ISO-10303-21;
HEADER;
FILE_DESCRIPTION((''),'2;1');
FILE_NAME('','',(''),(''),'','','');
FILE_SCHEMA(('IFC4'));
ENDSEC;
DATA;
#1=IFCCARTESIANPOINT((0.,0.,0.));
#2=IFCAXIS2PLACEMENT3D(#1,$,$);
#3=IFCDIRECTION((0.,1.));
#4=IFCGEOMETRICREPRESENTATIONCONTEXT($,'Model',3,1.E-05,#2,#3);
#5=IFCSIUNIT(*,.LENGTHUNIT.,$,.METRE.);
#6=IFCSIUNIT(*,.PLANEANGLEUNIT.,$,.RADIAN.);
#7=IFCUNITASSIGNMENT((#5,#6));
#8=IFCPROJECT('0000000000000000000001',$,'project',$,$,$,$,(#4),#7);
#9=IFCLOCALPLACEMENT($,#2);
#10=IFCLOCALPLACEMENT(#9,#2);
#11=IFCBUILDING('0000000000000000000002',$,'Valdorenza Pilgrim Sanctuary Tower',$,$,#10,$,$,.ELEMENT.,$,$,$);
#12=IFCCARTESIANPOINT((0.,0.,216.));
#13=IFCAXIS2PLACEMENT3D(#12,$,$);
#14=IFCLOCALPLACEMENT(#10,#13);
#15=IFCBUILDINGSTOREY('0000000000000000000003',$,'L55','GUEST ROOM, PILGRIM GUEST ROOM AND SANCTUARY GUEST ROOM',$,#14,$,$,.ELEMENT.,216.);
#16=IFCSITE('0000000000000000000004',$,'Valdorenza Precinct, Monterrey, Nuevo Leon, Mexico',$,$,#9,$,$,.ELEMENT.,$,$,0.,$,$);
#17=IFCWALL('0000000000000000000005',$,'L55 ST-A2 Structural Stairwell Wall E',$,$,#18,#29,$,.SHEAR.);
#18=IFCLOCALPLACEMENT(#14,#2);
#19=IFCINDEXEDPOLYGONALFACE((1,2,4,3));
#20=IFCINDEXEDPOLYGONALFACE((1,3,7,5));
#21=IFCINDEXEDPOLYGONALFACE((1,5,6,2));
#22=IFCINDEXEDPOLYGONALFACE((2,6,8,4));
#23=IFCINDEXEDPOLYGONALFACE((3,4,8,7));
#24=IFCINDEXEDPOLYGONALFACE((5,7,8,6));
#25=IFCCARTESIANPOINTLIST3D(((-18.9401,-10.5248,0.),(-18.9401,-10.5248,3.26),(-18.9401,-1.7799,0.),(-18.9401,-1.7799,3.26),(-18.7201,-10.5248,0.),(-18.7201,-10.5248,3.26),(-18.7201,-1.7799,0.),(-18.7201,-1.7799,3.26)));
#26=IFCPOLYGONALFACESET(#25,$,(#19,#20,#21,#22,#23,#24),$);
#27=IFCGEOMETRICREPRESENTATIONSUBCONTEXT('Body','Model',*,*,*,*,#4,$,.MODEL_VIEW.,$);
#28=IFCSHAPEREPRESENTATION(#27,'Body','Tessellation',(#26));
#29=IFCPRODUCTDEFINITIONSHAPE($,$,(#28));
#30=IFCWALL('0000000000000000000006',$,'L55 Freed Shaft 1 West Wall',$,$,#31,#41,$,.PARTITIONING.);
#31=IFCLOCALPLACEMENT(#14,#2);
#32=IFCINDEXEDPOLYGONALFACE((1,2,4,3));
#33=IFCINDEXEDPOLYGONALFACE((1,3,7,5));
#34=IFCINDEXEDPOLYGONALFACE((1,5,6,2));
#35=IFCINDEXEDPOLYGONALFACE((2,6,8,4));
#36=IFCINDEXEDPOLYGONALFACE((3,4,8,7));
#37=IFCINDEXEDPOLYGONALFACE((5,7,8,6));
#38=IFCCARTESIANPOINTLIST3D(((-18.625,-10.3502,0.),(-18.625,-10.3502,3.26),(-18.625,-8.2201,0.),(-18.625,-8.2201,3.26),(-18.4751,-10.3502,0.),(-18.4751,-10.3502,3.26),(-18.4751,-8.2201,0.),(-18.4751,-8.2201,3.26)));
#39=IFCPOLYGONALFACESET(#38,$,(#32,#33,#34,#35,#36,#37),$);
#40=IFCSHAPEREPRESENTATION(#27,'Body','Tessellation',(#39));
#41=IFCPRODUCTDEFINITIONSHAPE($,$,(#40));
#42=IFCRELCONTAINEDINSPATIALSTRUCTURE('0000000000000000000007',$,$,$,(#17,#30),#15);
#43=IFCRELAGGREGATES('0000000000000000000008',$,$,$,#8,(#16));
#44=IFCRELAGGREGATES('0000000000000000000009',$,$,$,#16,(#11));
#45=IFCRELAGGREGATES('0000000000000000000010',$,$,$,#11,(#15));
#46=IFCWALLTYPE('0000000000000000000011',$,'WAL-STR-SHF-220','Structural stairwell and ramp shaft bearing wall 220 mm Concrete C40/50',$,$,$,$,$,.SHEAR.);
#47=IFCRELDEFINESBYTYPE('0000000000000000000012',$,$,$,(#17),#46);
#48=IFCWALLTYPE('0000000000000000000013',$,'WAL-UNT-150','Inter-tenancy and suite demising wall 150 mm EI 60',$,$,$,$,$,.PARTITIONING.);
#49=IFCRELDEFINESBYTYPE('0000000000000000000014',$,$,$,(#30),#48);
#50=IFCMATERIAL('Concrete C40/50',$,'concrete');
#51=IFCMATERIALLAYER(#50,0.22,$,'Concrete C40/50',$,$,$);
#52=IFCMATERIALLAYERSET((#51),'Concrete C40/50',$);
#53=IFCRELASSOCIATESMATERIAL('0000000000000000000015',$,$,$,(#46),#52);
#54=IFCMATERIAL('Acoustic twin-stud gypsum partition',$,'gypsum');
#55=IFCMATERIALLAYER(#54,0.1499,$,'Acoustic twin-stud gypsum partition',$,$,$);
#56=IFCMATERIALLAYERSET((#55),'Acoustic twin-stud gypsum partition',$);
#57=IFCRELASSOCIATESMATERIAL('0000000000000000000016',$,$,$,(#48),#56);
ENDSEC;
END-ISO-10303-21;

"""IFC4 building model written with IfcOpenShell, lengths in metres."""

from ifc_helpers import new_model, si_unit, direction, frame, frame_2d, origin, place, context, subcontext, project, spatial, rectangle, extrude, material, layer, layer_set, type_object, element, save


model = new_model("IFC4")

# Units and contexts
model_context = context("Model", 3, precision=1e-05, world=origin(), true_north=direction((0.0, 1.0)))
body_context = subcontext(model_context, "Body", "Model", "MODEL_VIEW")
ifc_project = project(units=[si_unit("LENGTHUNIT", "METRE"), si_unit("PLANEANGLEUNIT", "RADIAN")], contexts=[model_context])

# Site, building, storey
site_placement = place(None, origin())
site = spatial("IfcSite", under=ifc_project, at=site_placement, Name="Valdorenza Precinct, Monterrey, Nuevo Leon, Mexico", CompositionType="ELEMENT", RefElevation=0.0)
building_placement = place(site_placement, origin())
building = spatial("IfcBuilding", under=site, at=building_placement, Name="Valdorenza Pilgrim Sanctuary Tower", CompositionType="ELEMENT")
storey_placement = place(building_placement, frame((0.0, 0.0, 216.0)))
storey = spatial("IfcBuildingStorey", under=building, at=storey_placement, Name="L55", Description="GUEST ROOM, PILGRIM GUEST ROOM AND SANCTUARY GUEST ROOM", CompositionType="ELEMENT", Elevation=216.0)

# Shared definitions
ifc_material_1 = material(Name="Acoustic twin-stud gypsum partition", Category="gypsum")

# Walls
ifc_material_2 = material(Name="Concrete C40/50", Category="concrete")
ifc_layer_1 = layer(ifc_material_2, 0.22, Name="Concrete C40/50")
ifc_layer_set_1 = layer_set([ifc_layer_1], Name="Concrete C40/50")
wall_type_1 = type_object("IfcWallType", Name="WAL-STR-SHF-220", Description="Structural stairwell and ramp shaft bearing wall 220 mm Concrete C40/50", PredefinedType="SHEAR", material=ifc_layer_set_1)
wall_1_placement = place(storey_placement, frame((-18.8301, -10.5249, 0.0), z_axis=(0.0, 0.0, 1.0), x_axis=(0.0, 1.0, 0.0)))
element("IfcWall", 1, at=wall_1_placement, inside=storey, type_object=wall_type_1, Name="L55 ST-A2 Structural Stairwell Wall E", PredefinedType="SHEAR", context=body_context, shape_type="SweptSolid", body=[
    extrude(rectangle(XDim=8.7449, YDim=0.22, at=frame_2d((4.3726, 0.0))), origin(), (0.0, 0.0, 1.0), 3.26),
])
ifc_layer_2 = layer(ifc_material_1, 0.1499, Name="Acoustic twin-stud gypsum partition")
ifc_layer_set_2 = layer_set([ifc_layer_2], Name="Acoustic twin-stud gypsum partition")
wall_type_2 = type_object("IfcWallType", Name="WAL-UNT-150", Description="Inter-tenancy and suite demising wall 150 mm EI 60", PredefinedType="PARTITIONING", material=ifc_layer_set_2)
wall_2_placement = place(storey_placement, frame((-18.55, -10.3501, 0.0), z_axis=(0.0, 0.0, 1.0), x_axis=(0.0, 1.0, 0.0)))
element("IfcWall", 2, at=wall_2_placement, inside=storey, type_object=wall_type_2, Name="L55 Freed Shaft 1 West Wall", PredefinedType="PARTITIONING", context=body_context, shape_type="SweptSolid", body=[
    extrude(rectangle(XDim=2.1301, YDim=0.1499, at=frame_2d((1.0649, 0.0))), origin(), (0.0, 0.0, 1.0), 3.26),
])

save(model, "model.ifc")
